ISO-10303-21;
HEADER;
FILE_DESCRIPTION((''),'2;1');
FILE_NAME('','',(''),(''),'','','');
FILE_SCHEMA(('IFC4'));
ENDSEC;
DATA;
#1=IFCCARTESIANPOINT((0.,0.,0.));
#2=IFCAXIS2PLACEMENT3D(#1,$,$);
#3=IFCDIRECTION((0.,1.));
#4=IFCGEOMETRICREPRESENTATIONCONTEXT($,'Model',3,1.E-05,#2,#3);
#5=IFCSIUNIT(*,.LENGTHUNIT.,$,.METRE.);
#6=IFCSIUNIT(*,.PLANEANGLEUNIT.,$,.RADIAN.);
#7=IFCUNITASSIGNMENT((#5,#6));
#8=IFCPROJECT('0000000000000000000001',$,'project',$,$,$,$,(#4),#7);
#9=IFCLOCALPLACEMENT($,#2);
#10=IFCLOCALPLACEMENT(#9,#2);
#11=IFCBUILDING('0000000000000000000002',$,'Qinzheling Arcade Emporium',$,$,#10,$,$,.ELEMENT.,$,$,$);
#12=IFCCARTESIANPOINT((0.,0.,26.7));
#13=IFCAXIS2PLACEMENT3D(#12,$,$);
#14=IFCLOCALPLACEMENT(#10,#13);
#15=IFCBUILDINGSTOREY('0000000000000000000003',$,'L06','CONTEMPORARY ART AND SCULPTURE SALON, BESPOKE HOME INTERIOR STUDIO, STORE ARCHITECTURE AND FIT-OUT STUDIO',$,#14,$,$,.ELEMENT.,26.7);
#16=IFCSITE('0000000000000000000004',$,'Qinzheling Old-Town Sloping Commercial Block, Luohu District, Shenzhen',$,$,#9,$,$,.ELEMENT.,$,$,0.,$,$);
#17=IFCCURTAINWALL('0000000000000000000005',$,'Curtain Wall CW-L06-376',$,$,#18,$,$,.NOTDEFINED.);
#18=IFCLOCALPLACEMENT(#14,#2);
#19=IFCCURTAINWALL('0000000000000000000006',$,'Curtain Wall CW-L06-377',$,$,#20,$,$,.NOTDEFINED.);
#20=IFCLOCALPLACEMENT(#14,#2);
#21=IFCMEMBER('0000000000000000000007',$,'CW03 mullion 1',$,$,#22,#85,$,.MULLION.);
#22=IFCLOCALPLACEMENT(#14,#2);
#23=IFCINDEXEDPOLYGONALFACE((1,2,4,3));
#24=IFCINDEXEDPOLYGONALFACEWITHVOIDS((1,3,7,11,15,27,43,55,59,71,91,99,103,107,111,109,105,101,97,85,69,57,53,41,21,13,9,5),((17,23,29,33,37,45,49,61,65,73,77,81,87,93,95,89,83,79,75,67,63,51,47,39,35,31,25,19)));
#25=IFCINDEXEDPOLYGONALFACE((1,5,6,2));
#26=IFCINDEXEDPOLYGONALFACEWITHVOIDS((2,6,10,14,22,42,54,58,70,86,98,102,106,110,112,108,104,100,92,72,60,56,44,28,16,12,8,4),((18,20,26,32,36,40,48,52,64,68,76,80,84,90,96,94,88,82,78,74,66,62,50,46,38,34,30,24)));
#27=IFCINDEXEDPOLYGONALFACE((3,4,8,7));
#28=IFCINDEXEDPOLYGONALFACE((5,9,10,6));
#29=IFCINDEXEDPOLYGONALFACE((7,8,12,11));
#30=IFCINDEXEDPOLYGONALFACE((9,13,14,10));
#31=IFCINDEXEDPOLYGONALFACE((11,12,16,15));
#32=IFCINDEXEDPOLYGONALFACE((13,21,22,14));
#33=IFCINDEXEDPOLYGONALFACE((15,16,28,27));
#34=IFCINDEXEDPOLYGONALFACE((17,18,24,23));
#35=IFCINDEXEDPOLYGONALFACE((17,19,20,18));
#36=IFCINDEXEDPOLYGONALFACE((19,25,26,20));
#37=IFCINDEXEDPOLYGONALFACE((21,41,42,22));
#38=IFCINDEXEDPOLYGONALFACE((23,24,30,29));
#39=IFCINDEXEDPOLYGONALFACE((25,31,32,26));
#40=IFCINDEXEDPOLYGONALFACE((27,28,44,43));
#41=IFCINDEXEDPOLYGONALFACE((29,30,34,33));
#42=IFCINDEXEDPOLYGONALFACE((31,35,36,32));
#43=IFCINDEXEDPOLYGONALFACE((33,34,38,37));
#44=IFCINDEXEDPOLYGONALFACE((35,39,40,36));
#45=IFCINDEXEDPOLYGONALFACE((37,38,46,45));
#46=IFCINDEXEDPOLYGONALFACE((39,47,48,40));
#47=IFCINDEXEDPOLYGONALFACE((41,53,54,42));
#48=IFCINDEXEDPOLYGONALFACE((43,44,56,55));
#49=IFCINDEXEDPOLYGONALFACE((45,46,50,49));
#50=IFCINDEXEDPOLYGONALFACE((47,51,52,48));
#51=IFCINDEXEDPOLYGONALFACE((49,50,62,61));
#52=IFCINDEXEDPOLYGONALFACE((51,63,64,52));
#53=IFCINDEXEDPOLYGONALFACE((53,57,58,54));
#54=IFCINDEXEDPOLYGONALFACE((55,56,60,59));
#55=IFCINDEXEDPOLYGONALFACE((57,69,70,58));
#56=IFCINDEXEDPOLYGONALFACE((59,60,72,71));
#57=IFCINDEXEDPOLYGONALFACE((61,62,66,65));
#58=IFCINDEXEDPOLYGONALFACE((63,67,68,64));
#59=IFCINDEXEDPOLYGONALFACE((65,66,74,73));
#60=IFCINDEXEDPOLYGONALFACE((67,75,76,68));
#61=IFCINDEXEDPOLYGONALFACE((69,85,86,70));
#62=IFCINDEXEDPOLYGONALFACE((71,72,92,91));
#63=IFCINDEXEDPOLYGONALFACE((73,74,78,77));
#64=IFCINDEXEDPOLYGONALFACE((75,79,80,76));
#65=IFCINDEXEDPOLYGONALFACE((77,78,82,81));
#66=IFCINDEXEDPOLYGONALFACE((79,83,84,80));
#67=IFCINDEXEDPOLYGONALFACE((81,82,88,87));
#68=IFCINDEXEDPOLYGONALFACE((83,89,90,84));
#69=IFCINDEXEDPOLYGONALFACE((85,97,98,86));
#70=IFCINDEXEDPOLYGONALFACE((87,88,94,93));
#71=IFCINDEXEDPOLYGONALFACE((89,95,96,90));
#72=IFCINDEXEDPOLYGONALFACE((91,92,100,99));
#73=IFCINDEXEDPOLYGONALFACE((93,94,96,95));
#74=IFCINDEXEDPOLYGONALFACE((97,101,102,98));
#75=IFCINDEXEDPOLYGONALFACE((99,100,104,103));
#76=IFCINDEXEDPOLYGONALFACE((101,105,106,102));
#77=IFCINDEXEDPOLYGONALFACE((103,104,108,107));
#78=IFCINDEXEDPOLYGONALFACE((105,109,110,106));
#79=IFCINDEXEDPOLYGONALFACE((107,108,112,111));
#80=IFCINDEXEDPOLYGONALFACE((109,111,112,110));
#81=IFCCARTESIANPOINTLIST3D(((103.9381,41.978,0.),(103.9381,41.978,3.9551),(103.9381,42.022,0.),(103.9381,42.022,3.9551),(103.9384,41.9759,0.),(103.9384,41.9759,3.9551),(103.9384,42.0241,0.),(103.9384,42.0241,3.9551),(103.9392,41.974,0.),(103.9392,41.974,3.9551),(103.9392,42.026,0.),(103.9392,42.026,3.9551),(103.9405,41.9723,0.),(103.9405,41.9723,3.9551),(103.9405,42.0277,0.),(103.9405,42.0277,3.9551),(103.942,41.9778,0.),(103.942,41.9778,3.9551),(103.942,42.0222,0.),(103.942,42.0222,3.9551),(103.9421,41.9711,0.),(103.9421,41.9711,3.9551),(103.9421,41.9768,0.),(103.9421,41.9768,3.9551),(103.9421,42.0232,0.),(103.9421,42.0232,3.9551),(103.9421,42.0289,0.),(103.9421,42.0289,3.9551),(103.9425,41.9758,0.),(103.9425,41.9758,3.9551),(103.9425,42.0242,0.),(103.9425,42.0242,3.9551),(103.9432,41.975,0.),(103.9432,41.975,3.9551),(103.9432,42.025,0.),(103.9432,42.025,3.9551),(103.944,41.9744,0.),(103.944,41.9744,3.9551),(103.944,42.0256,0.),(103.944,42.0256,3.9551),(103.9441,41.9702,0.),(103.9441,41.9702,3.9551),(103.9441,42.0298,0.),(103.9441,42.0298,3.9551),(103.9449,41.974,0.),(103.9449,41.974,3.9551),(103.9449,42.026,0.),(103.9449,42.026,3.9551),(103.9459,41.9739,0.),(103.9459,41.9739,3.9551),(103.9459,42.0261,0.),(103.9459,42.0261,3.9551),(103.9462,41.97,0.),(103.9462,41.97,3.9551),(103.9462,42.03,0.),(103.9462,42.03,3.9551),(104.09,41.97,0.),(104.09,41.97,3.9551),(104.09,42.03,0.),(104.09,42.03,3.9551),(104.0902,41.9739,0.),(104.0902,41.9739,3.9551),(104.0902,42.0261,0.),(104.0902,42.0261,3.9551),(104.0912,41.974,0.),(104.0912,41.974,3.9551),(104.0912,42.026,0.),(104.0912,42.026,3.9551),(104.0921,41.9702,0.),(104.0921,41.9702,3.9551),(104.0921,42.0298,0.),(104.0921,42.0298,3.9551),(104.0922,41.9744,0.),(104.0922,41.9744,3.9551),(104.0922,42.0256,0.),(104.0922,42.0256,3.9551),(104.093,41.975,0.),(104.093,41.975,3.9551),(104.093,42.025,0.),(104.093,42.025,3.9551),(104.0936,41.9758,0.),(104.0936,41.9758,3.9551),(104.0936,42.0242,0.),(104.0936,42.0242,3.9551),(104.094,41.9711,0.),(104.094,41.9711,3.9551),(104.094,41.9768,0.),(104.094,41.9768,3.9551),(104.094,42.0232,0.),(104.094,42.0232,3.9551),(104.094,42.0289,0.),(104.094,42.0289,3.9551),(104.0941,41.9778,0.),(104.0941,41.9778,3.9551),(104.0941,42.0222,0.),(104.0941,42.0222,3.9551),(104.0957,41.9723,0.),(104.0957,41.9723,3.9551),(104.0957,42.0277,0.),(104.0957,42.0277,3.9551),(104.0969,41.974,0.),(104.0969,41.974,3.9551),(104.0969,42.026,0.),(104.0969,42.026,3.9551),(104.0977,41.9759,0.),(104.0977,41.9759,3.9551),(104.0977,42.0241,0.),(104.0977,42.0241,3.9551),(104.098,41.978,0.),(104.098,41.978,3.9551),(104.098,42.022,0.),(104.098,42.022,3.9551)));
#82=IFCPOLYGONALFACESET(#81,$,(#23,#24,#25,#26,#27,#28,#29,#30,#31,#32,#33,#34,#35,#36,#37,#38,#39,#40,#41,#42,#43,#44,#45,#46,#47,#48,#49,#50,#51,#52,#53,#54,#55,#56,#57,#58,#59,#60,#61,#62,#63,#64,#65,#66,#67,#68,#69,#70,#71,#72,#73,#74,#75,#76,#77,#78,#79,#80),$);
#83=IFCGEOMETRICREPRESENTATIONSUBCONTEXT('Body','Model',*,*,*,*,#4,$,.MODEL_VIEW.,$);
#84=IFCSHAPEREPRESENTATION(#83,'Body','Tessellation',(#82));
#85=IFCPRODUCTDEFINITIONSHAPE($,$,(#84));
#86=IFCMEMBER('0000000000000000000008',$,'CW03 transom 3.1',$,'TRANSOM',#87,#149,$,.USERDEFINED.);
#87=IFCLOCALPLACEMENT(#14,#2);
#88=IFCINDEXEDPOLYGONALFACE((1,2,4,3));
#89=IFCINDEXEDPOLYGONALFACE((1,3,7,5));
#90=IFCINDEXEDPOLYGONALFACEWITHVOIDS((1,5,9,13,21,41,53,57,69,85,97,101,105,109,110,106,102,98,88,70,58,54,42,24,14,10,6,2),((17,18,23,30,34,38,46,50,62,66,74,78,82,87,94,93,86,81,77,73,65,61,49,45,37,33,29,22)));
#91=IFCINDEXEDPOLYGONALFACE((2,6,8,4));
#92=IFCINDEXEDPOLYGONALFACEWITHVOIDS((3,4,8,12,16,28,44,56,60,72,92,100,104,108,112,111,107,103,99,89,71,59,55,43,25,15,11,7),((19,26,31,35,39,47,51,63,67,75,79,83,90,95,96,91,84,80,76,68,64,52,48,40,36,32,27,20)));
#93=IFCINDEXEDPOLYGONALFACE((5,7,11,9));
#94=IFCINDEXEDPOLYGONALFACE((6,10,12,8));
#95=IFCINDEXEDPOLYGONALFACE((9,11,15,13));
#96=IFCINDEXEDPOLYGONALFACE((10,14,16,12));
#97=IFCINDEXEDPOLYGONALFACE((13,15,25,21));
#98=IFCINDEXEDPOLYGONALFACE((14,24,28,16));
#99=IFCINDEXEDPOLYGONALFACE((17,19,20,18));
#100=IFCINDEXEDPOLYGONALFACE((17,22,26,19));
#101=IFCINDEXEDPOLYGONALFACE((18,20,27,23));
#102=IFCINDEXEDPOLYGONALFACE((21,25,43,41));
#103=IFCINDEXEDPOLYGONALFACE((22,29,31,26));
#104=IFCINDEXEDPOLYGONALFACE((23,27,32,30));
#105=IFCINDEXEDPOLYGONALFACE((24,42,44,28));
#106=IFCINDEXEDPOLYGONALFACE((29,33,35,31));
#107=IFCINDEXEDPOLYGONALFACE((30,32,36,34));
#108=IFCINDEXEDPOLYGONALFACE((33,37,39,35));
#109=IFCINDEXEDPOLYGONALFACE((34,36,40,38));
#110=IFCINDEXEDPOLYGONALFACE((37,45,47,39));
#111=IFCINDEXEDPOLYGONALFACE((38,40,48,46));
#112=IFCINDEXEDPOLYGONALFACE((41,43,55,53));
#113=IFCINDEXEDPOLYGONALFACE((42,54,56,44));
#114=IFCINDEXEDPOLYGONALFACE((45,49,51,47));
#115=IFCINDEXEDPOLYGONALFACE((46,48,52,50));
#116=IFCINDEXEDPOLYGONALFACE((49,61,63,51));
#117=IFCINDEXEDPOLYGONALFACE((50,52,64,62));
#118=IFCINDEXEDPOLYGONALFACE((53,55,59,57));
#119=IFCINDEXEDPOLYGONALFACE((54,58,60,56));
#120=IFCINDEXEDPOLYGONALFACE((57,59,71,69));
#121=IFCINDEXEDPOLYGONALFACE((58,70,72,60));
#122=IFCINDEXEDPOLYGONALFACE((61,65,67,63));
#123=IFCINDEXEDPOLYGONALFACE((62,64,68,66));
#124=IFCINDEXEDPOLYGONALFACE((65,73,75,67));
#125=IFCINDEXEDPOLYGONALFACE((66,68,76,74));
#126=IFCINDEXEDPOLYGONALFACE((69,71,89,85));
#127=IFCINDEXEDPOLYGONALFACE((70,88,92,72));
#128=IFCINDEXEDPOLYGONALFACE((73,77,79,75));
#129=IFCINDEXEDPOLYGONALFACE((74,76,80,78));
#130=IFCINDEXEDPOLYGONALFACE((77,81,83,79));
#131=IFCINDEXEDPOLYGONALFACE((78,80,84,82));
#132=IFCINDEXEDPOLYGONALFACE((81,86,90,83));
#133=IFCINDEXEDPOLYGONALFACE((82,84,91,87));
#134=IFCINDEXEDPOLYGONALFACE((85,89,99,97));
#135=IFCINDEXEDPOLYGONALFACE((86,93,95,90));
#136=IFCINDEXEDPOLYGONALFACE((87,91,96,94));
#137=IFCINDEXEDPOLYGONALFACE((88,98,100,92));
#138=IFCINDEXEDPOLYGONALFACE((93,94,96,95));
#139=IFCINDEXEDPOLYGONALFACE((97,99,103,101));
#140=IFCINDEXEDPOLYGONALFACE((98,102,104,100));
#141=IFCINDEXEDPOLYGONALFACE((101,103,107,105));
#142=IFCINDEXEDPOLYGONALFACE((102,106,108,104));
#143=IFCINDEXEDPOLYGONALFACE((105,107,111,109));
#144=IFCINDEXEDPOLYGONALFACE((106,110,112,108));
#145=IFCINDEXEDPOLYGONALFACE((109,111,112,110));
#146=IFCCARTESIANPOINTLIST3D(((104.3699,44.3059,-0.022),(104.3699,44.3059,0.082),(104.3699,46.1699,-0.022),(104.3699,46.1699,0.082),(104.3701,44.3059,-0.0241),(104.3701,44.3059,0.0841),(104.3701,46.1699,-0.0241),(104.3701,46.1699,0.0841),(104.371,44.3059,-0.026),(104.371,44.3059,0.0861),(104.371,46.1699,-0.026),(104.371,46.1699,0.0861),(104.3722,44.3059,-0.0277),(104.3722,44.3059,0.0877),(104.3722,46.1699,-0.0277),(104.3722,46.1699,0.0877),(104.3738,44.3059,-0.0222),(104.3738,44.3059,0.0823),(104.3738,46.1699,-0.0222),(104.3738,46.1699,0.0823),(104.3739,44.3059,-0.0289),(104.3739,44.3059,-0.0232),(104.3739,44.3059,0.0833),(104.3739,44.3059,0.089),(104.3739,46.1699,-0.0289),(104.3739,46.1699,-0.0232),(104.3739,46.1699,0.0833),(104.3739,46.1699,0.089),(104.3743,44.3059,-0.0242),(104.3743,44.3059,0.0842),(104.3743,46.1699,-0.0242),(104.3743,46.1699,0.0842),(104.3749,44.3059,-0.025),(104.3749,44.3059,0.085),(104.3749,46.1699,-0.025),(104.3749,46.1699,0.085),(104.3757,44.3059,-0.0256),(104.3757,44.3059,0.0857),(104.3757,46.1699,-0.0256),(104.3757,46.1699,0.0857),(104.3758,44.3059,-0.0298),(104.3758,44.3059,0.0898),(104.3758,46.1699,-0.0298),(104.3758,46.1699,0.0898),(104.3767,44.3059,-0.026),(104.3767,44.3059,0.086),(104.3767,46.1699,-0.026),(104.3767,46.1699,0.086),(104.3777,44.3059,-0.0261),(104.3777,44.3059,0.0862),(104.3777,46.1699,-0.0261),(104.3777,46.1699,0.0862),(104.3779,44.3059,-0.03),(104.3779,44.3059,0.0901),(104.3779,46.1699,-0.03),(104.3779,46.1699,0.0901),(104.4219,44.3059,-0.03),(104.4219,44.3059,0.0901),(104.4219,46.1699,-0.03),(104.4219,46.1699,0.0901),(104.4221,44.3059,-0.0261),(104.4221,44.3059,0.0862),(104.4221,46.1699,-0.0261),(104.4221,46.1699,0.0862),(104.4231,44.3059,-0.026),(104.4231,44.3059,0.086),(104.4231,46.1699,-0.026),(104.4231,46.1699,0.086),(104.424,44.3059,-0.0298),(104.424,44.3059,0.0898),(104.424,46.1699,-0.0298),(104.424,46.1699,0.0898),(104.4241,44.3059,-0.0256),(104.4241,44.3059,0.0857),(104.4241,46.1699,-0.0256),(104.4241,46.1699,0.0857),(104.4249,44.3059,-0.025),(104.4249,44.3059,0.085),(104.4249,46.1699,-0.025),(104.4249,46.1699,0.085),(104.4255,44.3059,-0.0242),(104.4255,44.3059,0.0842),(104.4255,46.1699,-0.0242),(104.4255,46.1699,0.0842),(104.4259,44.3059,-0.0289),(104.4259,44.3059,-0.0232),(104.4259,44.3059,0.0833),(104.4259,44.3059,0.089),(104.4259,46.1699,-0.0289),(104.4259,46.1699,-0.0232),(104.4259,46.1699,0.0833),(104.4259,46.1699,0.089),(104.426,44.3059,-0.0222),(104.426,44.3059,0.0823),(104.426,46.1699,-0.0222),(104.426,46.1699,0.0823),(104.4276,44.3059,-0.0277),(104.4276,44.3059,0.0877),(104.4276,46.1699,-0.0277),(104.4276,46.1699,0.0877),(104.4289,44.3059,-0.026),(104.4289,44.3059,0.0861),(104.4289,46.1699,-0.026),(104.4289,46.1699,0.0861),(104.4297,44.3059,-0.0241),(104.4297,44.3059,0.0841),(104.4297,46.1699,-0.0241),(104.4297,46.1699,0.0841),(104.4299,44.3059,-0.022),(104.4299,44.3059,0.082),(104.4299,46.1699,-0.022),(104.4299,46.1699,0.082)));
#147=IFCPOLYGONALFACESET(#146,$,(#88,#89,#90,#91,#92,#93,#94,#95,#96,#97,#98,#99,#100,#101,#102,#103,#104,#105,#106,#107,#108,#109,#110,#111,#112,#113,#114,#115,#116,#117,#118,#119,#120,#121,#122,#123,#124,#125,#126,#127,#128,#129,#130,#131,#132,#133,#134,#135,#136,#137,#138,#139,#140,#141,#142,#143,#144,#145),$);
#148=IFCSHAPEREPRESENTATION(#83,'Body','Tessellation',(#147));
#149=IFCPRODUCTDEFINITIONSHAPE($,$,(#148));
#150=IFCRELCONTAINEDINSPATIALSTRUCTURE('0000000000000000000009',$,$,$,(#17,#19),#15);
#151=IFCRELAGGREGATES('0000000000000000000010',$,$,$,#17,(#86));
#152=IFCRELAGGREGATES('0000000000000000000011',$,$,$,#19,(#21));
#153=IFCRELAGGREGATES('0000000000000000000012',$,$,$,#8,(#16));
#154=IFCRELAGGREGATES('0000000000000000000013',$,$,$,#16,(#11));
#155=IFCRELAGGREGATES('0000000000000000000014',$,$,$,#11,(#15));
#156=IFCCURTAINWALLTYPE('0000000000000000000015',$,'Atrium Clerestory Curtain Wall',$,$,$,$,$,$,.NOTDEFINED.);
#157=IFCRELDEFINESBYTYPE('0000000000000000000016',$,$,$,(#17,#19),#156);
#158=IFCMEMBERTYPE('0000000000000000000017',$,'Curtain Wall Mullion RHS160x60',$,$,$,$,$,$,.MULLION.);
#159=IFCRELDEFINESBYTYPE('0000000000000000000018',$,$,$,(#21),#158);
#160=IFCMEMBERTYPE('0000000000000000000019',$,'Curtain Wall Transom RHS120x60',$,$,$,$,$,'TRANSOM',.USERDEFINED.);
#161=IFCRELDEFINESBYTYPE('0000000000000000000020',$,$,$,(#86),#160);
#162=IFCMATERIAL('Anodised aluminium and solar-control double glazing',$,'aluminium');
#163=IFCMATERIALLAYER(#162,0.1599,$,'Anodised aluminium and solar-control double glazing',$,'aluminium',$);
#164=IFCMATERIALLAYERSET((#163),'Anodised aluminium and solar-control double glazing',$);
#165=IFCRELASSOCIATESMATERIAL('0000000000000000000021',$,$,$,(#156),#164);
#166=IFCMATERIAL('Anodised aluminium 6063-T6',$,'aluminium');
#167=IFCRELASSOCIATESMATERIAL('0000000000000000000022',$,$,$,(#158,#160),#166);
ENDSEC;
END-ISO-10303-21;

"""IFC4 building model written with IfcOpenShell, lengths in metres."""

from ifc_helpers import new_model, si_unit, direction, frame, origin, origin_2d, place, context, subcontext, project, spatial, hollow_rectangle, extrude, material, layer, layer_set, material_profile, profile_set, type_object, element, aggregate, save


model = new_model("IFC4")

# Units and contexts
model_context = context("Model", 3, precision=1e-05, world=origin(), true_north=direction((0.0, 1.0)))
body_context = subcontext(model_context, "Body", "Model", "MODEL_VIEW")
ifc_project = project(units=[si_unit("LENGTHUNIT", "METRE"), si_unit("PLANEANGLEUNIT", "RADIAN")], contexts=[model_context])

# Site, building, storey
site_placement = place(None, origin())
site = spatial("IfcSite", under=ifc_project, at=site_placement, Name="Qinzheling Old-Town Sloping Commercial Block, Luohu District, Shenzhen", CompositionType="ELEMENT", RefElevation=0.0)
building_placement = place(site_placement, origin())
building = spatial("IfcBuilding", under=site, at=building_placement, Name="Qinzheling Arcade Emporium", CompositionType="ELEMENT")
storey_placement = place(building_placement, frame((0.0, 0.0, 26.7)))
storey = spatial("IfcBuildingStorey", under=building, at=storey_placement, Name="L06", Description="CONTEMPORARY ART AND SCULPTURE SALON, BESPOKE HOME INTERIOR STUDIO, STORE ARCHITECTURE AND FIT-OUT STUDIO", CompositionType="ELEMENT", Elevation=26.7)

# Curtain wall
ifc_material_1 = material(Name="Anodised aluminium and solar-control double glazing", Category="aluminium")
ifc_layer_1 = layer(ifc_material_1, 0.1599, Name="Anodised aluminium and solar-control double glazing", Category="aluminium")
ifc_layer_set_1 = layer_set([ifc_layer_1], Name="Anodised aluminium and solar-control double glazing")
curtain_wall_type = type_object("IfcCurtainWallType", Name="Atrium Clerestory Curtain Wall", PredefinedType="NOTDEFINED", material=ifc_layer_set_1)
curtain_wall_1_placement = place(storey_placement, origin())
curtain_wall_1 = element("IfcCurtainWall", 1, at=curtain_wall_1_placement, inside=storey, type_object=curtain_wall_type, Name="Curtain Wall CW-L06-376", PredefinedType="NOTDEFINED")
ifc_material_2 = material(Name="Anodised aluminium 6063-T6", Category="aluminium")
ifc_material_profile_1 = material_profile(ifc_material_2, hollow_rectangle(XDim=0.0601, YDim=0.1599, WallThickness=0.0039, InnerFilletRadius=0.0039, OuterFilletRadius=0.0081, at=origin_2d()), Name="RHS 160x60x4", Category="aluminium")
ifc_profile_set_1 = profile_set([ifc_material_profile_1], Name="Anodised aluminium 6063-T6")
member_type_1 = type_object("IfcMemberType", Name="Curtain Wall Mullion RHS160x60", PredefinedType="MULLION", material=ifc_profile_set_1)

# Curtain wall, member
curtain_wall_2_placement = place(storey_placement, origin())
curtain_wall_2 = element("IfcCurtainWall", 2, at=curtain_wall_2_placement, inside=storey, type_object=curtain_wall_type, Name="Curtain Wall CW-L06-377", PredefinedType="NOTDEFINED")
member_1_placement = place(storey_placement, frame((104.0181, 42.0, 0.0), z_axis=(0.0, 0.0, 1.0), x_axis=(0.0, -1.0, 0.0)))
member_1 = element("IfcMember", 3, at=member_1_placement, type_object=member_type_1, Name="CW03 mullion 1", PredefinedType="MULLION", context=body_context, shape_type="SweptSolid", body=[
    extrude(hollow_rectangle(XDim=0.0601, YDim=0.1599, WallThickness=0.0039, InnerFilletRadius=0.0039, OuterFilletRadius=0.0081, at=origin_2d()), origin(), (0.0, 0.0, 1.0), 3.9551),
])

# Member
ifc_material_profile_2 = material_profile(ifc_material_2, hollow_rectangle(XDim=0.0601, YDim=0.1201, WallThickness=0.0039, InnerFilletRadius=0.0039, OuterFilletRadius=0.0081, at=origin_2d()), Name="RHS 120x60x4", Category="aluminium")
ifc_profile_set_2 = profile_set([ifc_material_profile_2], Name="Anodised aluminium 6063-T6")
member_type_2 = type_object("IfcMemberType", Name="Curtain Wall Transom RHS120x60", ElementType="TRANSOM", PredefinedType="USERDEFINED", material=ifc_profile_set_2)
member_2_placement = place(storey_placement, frame((104.3999, 46.1699, 0.03), z_axis=(0.0, -1.0, 0.0), x_axis=(1.0, 0.0, 0.0)))
member_2 = element("IfcMember", 4, at=member_2_placement, type_object=member_type_2, Name="CW03 transom 3.1", ObjectType="TRANSOM", PredefinedType="USERDEFINED", context=body_context, shape_type="SweptSolid", body=[
    extrude(hollow_rectangle(XDim=0.0601, YDim=0.1201, WallThickness=0.0039, InnerFilletRadius=0.0039, OuterFilletRadius=0.0081, at=origin_2d()), origin(), (0.0, 0.0, 1.0), 1.864),
])

aggregate(curtain_wall_1, [member_2])
aggregate(curtain_wall_2, [member_1])

save(model, "model.ifc")
